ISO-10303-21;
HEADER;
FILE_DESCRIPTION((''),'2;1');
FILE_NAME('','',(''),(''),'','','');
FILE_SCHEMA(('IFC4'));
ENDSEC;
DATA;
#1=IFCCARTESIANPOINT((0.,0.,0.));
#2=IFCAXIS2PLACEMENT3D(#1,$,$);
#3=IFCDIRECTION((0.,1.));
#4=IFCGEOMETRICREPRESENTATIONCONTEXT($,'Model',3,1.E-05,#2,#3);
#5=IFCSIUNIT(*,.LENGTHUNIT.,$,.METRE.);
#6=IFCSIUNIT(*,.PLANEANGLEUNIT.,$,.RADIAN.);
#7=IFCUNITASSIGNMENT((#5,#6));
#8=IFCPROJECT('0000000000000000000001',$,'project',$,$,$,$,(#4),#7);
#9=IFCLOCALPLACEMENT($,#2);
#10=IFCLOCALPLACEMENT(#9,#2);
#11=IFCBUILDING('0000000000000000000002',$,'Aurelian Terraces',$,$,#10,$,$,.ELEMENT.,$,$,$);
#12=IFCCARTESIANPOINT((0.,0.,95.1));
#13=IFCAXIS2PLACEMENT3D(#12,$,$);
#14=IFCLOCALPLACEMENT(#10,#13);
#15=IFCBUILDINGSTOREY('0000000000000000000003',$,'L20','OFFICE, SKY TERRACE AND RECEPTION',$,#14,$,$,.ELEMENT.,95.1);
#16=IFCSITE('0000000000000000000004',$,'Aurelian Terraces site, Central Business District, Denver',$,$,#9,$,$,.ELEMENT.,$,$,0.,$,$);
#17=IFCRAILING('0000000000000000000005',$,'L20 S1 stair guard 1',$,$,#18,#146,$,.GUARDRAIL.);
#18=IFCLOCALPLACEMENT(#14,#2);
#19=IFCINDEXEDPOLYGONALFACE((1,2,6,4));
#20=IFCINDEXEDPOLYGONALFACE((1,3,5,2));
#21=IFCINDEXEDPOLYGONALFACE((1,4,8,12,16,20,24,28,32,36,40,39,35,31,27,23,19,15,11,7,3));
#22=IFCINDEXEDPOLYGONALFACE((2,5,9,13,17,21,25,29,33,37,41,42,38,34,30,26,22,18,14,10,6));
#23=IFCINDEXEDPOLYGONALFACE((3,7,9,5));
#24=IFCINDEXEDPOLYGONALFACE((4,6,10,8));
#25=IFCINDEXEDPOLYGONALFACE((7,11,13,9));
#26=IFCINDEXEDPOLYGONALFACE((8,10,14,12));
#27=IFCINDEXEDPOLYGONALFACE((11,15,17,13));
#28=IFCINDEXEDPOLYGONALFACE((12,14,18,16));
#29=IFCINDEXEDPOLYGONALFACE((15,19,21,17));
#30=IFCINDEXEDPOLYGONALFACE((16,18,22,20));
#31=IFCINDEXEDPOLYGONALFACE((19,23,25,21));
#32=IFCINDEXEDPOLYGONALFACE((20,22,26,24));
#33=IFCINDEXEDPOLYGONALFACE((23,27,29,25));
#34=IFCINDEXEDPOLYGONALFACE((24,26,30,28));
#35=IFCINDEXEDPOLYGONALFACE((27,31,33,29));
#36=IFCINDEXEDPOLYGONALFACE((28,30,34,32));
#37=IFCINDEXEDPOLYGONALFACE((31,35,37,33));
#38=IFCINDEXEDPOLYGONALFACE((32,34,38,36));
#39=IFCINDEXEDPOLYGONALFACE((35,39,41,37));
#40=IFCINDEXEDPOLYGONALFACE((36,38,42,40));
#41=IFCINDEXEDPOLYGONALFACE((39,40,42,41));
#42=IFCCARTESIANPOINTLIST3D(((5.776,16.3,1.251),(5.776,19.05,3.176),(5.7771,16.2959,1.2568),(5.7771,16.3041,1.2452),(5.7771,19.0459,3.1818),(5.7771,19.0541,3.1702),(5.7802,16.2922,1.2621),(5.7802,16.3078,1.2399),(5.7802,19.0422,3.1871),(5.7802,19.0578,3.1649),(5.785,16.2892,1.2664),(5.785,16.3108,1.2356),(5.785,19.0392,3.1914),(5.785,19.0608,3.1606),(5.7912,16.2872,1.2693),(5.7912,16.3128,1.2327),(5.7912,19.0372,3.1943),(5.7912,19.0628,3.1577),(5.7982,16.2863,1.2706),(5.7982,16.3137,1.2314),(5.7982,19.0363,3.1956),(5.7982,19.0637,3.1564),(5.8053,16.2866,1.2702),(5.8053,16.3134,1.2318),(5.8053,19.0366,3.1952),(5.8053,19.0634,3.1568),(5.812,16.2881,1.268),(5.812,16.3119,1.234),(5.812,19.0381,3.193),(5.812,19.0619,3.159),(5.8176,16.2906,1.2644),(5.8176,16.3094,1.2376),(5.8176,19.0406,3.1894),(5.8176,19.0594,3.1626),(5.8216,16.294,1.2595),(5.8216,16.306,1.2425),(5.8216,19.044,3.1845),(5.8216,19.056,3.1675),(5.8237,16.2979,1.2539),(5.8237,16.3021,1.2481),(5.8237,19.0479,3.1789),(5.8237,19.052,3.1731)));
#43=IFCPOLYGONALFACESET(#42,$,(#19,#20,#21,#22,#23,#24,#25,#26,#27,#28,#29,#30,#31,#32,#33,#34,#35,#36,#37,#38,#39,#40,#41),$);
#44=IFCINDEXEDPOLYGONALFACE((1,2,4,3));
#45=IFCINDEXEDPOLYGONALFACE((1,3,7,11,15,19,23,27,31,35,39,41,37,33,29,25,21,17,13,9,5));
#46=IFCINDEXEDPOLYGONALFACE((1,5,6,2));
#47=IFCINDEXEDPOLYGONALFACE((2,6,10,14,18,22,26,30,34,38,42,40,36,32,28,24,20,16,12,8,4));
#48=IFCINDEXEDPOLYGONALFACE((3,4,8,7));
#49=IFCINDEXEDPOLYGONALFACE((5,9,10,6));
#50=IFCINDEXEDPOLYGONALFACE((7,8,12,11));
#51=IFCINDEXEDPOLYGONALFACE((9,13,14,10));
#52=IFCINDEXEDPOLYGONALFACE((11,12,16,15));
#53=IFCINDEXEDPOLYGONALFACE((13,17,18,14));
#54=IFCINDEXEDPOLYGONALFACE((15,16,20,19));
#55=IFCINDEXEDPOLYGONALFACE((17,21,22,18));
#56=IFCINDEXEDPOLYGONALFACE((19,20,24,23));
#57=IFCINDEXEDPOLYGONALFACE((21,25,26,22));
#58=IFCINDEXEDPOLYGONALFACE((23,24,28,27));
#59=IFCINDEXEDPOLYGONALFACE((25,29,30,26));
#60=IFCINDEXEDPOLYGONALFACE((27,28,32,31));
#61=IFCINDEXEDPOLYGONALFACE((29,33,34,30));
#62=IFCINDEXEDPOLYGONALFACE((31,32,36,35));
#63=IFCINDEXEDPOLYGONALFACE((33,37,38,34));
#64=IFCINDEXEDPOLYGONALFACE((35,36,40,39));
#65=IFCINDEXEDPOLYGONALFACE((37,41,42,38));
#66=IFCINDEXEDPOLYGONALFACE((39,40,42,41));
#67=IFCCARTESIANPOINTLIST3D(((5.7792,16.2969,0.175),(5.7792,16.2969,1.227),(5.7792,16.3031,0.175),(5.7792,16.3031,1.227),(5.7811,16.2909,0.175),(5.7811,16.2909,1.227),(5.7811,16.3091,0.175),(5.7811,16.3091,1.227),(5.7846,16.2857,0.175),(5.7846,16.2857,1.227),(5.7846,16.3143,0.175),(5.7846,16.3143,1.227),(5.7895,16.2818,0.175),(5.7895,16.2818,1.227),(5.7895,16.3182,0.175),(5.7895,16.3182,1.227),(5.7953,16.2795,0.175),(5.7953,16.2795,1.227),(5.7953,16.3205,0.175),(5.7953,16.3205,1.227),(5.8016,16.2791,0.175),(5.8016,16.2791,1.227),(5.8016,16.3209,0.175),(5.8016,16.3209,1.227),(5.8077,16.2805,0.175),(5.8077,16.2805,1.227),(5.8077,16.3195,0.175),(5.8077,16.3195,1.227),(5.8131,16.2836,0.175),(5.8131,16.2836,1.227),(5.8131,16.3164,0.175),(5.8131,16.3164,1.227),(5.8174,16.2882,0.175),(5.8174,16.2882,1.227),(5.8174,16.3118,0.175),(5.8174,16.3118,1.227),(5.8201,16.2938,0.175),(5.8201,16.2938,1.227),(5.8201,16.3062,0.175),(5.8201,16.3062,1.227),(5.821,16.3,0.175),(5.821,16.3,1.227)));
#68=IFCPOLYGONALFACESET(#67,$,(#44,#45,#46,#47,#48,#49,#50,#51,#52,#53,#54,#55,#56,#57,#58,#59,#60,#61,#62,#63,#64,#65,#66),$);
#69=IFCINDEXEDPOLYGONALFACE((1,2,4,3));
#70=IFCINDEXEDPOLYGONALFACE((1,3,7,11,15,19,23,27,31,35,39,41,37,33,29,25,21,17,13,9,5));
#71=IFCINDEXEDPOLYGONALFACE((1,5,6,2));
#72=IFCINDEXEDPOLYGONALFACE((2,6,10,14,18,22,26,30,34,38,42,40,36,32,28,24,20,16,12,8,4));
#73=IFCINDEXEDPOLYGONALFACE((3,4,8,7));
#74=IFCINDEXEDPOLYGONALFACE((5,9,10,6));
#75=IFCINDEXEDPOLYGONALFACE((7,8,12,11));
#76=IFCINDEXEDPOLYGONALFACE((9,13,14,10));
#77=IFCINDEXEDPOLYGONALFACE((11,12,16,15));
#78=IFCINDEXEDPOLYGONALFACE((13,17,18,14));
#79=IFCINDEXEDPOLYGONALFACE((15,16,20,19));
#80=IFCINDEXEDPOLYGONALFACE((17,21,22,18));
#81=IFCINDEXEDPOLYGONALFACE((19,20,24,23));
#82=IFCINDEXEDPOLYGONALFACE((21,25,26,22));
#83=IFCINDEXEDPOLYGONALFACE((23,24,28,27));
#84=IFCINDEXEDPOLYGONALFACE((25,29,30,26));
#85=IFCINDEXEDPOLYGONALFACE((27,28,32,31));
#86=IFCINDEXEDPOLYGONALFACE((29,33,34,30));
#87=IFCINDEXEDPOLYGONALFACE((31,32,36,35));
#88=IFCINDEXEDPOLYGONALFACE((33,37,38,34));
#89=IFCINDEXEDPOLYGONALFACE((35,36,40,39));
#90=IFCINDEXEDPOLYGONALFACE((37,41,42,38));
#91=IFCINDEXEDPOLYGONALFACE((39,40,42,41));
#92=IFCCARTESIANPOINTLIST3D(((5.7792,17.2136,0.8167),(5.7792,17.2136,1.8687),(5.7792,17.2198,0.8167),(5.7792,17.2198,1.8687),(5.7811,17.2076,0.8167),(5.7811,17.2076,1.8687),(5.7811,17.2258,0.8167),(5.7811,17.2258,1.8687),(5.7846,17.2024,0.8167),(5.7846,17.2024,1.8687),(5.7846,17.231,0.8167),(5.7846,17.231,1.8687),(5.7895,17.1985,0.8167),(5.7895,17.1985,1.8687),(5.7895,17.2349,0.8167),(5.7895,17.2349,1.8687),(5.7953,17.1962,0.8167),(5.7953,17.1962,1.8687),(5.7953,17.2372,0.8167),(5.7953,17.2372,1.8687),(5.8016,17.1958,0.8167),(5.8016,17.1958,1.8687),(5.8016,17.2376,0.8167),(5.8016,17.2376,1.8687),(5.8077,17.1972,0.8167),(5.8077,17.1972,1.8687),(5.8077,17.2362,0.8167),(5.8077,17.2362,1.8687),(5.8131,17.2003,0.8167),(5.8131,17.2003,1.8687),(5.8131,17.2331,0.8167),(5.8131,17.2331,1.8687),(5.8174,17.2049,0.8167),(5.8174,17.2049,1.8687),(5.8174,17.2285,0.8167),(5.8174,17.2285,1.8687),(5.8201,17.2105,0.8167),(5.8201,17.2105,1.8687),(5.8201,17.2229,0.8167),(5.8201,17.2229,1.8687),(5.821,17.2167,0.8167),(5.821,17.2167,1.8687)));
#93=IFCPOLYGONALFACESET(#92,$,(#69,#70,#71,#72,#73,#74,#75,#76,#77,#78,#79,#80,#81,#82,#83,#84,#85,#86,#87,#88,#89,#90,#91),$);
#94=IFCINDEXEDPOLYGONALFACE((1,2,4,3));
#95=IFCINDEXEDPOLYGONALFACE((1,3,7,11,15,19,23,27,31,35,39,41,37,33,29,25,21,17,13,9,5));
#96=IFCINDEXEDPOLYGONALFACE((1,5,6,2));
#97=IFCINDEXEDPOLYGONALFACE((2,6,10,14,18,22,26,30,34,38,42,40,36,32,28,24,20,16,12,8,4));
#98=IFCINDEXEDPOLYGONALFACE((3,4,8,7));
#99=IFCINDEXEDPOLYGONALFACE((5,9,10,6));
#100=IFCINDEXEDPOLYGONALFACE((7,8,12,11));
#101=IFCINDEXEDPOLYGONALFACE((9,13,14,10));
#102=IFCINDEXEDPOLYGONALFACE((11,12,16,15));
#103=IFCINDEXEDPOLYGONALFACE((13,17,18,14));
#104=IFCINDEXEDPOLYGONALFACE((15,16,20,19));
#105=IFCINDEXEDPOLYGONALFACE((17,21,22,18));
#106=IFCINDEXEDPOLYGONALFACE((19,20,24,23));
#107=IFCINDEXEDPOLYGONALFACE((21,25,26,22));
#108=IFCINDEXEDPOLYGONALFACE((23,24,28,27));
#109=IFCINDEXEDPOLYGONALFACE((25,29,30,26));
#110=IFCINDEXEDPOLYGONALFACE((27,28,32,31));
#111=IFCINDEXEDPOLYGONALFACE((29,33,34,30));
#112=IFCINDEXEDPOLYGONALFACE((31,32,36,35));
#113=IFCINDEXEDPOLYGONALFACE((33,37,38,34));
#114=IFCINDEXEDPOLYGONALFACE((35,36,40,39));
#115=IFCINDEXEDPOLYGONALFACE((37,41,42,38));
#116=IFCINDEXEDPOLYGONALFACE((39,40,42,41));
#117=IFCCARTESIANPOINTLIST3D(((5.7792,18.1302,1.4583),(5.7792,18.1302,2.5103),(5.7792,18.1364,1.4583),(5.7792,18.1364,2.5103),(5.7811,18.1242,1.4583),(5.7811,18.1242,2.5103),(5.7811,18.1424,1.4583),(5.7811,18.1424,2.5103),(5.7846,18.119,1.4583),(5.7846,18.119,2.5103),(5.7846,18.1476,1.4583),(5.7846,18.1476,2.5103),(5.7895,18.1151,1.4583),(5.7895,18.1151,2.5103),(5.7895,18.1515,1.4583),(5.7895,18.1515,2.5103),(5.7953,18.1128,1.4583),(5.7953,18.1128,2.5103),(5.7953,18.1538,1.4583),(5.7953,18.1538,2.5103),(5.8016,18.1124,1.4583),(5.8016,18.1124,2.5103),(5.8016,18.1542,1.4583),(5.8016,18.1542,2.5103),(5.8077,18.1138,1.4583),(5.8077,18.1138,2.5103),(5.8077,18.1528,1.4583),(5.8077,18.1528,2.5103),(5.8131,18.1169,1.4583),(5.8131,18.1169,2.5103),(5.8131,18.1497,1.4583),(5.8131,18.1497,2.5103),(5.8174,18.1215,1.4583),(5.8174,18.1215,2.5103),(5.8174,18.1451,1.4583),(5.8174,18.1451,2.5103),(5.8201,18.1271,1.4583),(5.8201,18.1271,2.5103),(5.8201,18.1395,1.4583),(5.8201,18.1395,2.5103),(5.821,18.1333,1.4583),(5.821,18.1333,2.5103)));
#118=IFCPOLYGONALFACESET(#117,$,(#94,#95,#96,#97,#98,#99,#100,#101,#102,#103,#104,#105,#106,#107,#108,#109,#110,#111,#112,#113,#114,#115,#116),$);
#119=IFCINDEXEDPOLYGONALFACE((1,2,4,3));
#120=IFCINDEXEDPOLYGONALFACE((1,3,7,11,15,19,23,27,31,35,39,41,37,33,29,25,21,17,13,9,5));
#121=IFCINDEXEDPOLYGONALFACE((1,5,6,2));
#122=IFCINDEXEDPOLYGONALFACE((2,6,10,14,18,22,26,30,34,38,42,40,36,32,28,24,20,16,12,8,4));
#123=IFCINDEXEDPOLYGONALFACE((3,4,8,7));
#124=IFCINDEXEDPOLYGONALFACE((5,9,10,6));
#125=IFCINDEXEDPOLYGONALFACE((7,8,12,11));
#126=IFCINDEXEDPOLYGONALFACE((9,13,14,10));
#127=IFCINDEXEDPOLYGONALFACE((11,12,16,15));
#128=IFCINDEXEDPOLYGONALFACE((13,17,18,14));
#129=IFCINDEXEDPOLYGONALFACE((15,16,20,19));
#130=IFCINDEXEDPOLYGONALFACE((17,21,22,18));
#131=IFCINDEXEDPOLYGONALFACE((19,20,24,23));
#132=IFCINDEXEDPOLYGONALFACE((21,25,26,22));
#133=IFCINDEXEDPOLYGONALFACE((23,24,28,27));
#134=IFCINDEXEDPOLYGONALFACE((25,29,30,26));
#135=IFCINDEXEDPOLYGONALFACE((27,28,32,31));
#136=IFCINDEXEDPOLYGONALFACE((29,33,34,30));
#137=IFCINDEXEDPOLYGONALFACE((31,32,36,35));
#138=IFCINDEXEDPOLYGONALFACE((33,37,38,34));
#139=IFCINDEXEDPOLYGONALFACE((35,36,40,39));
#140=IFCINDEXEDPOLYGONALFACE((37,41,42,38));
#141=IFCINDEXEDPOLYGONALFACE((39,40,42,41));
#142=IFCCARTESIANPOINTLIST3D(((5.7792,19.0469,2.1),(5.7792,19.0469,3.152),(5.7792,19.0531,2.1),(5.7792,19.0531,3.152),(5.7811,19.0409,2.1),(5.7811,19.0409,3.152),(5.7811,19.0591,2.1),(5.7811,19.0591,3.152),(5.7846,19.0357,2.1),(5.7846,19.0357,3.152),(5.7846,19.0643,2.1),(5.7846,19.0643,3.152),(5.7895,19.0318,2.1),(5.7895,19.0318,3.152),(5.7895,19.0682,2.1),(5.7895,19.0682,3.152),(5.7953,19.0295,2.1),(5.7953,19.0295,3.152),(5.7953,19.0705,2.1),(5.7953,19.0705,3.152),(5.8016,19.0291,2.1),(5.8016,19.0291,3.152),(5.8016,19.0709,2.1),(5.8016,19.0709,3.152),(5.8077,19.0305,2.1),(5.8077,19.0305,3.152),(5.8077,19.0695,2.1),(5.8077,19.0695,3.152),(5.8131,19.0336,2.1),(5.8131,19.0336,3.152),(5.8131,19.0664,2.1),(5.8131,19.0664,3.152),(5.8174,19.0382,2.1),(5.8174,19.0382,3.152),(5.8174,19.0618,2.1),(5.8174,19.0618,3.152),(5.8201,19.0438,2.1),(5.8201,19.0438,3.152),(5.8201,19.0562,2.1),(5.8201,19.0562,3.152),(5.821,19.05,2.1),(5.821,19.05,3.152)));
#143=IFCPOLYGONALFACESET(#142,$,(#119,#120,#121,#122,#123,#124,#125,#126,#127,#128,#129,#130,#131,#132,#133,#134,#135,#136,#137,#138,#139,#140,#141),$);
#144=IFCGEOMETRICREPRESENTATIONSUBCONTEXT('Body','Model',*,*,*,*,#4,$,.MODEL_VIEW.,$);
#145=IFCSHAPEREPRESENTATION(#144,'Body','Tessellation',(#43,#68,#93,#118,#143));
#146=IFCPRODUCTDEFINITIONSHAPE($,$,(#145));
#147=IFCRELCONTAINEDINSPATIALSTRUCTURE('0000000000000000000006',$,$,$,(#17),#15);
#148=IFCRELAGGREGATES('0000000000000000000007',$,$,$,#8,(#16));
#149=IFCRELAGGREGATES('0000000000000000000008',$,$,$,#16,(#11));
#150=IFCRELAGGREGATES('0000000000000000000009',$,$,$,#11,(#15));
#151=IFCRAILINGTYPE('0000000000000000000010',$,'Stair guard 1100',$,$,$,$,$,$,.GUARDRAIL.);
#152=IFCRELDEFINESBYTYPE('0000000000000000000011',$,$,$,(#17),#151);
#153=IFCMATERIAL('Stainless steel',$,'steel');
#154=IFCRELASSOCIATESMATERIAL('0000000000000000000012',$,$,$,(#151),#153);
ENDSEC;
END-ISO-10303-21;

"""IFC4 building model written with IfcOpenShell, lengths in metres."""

from ifc_helpers import new_model, si_unit, direction, frame, origin, origin_2d, place, context, subcontext, project, spatial, circle, extrude, source, transform, mapped, material, type_object, element, save


model = new_model("IFC4")

# Units and contexts
model_context = context("Model", 3, precision=1e-05, world=origin(), true_north=direction((0.0, 1.0)))
body_context = subcontext(model_context, "Body", "Model", "MODEL_VIEW")
ifc_project = project(units=[si_unit("LENGTHUNIT", "METRE"), si_unit("PLANEANGLEUNIT", "RADIAN")], contexts=[model_context])

# Site, building, storey
site_placement = place(None, origin())
site = spatial("IfcSite", under=ifc_project, at=site_placement, Name="Aurelian Terraces site, Central Business District, Denver", CompositionType="ELEMENT", RefElevation=0.0)
building_placement = place(site_placement, origin())
building = spatial("IfcBuilding", under=site, at=building_placement, Name="Aurelian Terraces", CompositionType="ELEMENT")
storey_placement = place(building_placement, frame((0.0, 0.0, 95.1)))
storey = spatial("IfcBuildingStorey", under=building, at=storey_placement, Name="L20", Description="OFFICE, SKY TERRACE AND RECEPTION", CompositionType="ELEMENT", Elevation=95.1)

# Railing
ifc_material_1 = material(Name="Stainless steel", Category="steel")
railing_type_1 = type_object("IfcRailingType", Name="Stair guard 1100", PredefinedType="GUARDRAIL", material=ifc_material_1)
shared_shape_1 = source(origin(), body_context, "Body", "SweptSolid", [
    extrude(circle(Radius=0.024, at=origin_2d()), frame((0.0, 0.0, 1.076), z_axis=(0.0, 0.819232, 0.573462), x_axis=(-1.0, 0.0, 0.0)), (0.0, 0.0, 1.0), 3.3568),
    extrude(circle(Radius=0.021, at=origin_2d()), origin(), (0.0, 0.0, 1.0), 1.052),
    extrude(circle(Radius=0.021, at=origin_2d()), frame((0.0, 0.9167, 0.6417)), (0.0, 0.0, 1.0), 1.052),
    extrude(circle(Radius=0.021, at=origin_2d()), frame((0.0, 1.8333, 1.2833)), (0.0, 0.0, 1.0), 1.052),
    extrude(circle(Radius=0.021, at=origin_2d()), frame((0.0, 2.75, 1.925)), (0.0, 0.0, 1.0), 1.052),
])
railing_1_placement = place(storey_placement, frame((5.8, 16.3, 0.175)))
element("IfcRailing", 1, at=railing_1_placement, inside=storey, type_object=railing_type_1, Name="L20 S1 stair guard 1", PredefinedType="GUARDRAIL", context=body_context, shape_type="MappedRepresentation", body=[
    mapped(shared_shape_1, transform((0.0, 0.0, 0.0), scale=1.0)),
])

save(model, "model.ifc")
